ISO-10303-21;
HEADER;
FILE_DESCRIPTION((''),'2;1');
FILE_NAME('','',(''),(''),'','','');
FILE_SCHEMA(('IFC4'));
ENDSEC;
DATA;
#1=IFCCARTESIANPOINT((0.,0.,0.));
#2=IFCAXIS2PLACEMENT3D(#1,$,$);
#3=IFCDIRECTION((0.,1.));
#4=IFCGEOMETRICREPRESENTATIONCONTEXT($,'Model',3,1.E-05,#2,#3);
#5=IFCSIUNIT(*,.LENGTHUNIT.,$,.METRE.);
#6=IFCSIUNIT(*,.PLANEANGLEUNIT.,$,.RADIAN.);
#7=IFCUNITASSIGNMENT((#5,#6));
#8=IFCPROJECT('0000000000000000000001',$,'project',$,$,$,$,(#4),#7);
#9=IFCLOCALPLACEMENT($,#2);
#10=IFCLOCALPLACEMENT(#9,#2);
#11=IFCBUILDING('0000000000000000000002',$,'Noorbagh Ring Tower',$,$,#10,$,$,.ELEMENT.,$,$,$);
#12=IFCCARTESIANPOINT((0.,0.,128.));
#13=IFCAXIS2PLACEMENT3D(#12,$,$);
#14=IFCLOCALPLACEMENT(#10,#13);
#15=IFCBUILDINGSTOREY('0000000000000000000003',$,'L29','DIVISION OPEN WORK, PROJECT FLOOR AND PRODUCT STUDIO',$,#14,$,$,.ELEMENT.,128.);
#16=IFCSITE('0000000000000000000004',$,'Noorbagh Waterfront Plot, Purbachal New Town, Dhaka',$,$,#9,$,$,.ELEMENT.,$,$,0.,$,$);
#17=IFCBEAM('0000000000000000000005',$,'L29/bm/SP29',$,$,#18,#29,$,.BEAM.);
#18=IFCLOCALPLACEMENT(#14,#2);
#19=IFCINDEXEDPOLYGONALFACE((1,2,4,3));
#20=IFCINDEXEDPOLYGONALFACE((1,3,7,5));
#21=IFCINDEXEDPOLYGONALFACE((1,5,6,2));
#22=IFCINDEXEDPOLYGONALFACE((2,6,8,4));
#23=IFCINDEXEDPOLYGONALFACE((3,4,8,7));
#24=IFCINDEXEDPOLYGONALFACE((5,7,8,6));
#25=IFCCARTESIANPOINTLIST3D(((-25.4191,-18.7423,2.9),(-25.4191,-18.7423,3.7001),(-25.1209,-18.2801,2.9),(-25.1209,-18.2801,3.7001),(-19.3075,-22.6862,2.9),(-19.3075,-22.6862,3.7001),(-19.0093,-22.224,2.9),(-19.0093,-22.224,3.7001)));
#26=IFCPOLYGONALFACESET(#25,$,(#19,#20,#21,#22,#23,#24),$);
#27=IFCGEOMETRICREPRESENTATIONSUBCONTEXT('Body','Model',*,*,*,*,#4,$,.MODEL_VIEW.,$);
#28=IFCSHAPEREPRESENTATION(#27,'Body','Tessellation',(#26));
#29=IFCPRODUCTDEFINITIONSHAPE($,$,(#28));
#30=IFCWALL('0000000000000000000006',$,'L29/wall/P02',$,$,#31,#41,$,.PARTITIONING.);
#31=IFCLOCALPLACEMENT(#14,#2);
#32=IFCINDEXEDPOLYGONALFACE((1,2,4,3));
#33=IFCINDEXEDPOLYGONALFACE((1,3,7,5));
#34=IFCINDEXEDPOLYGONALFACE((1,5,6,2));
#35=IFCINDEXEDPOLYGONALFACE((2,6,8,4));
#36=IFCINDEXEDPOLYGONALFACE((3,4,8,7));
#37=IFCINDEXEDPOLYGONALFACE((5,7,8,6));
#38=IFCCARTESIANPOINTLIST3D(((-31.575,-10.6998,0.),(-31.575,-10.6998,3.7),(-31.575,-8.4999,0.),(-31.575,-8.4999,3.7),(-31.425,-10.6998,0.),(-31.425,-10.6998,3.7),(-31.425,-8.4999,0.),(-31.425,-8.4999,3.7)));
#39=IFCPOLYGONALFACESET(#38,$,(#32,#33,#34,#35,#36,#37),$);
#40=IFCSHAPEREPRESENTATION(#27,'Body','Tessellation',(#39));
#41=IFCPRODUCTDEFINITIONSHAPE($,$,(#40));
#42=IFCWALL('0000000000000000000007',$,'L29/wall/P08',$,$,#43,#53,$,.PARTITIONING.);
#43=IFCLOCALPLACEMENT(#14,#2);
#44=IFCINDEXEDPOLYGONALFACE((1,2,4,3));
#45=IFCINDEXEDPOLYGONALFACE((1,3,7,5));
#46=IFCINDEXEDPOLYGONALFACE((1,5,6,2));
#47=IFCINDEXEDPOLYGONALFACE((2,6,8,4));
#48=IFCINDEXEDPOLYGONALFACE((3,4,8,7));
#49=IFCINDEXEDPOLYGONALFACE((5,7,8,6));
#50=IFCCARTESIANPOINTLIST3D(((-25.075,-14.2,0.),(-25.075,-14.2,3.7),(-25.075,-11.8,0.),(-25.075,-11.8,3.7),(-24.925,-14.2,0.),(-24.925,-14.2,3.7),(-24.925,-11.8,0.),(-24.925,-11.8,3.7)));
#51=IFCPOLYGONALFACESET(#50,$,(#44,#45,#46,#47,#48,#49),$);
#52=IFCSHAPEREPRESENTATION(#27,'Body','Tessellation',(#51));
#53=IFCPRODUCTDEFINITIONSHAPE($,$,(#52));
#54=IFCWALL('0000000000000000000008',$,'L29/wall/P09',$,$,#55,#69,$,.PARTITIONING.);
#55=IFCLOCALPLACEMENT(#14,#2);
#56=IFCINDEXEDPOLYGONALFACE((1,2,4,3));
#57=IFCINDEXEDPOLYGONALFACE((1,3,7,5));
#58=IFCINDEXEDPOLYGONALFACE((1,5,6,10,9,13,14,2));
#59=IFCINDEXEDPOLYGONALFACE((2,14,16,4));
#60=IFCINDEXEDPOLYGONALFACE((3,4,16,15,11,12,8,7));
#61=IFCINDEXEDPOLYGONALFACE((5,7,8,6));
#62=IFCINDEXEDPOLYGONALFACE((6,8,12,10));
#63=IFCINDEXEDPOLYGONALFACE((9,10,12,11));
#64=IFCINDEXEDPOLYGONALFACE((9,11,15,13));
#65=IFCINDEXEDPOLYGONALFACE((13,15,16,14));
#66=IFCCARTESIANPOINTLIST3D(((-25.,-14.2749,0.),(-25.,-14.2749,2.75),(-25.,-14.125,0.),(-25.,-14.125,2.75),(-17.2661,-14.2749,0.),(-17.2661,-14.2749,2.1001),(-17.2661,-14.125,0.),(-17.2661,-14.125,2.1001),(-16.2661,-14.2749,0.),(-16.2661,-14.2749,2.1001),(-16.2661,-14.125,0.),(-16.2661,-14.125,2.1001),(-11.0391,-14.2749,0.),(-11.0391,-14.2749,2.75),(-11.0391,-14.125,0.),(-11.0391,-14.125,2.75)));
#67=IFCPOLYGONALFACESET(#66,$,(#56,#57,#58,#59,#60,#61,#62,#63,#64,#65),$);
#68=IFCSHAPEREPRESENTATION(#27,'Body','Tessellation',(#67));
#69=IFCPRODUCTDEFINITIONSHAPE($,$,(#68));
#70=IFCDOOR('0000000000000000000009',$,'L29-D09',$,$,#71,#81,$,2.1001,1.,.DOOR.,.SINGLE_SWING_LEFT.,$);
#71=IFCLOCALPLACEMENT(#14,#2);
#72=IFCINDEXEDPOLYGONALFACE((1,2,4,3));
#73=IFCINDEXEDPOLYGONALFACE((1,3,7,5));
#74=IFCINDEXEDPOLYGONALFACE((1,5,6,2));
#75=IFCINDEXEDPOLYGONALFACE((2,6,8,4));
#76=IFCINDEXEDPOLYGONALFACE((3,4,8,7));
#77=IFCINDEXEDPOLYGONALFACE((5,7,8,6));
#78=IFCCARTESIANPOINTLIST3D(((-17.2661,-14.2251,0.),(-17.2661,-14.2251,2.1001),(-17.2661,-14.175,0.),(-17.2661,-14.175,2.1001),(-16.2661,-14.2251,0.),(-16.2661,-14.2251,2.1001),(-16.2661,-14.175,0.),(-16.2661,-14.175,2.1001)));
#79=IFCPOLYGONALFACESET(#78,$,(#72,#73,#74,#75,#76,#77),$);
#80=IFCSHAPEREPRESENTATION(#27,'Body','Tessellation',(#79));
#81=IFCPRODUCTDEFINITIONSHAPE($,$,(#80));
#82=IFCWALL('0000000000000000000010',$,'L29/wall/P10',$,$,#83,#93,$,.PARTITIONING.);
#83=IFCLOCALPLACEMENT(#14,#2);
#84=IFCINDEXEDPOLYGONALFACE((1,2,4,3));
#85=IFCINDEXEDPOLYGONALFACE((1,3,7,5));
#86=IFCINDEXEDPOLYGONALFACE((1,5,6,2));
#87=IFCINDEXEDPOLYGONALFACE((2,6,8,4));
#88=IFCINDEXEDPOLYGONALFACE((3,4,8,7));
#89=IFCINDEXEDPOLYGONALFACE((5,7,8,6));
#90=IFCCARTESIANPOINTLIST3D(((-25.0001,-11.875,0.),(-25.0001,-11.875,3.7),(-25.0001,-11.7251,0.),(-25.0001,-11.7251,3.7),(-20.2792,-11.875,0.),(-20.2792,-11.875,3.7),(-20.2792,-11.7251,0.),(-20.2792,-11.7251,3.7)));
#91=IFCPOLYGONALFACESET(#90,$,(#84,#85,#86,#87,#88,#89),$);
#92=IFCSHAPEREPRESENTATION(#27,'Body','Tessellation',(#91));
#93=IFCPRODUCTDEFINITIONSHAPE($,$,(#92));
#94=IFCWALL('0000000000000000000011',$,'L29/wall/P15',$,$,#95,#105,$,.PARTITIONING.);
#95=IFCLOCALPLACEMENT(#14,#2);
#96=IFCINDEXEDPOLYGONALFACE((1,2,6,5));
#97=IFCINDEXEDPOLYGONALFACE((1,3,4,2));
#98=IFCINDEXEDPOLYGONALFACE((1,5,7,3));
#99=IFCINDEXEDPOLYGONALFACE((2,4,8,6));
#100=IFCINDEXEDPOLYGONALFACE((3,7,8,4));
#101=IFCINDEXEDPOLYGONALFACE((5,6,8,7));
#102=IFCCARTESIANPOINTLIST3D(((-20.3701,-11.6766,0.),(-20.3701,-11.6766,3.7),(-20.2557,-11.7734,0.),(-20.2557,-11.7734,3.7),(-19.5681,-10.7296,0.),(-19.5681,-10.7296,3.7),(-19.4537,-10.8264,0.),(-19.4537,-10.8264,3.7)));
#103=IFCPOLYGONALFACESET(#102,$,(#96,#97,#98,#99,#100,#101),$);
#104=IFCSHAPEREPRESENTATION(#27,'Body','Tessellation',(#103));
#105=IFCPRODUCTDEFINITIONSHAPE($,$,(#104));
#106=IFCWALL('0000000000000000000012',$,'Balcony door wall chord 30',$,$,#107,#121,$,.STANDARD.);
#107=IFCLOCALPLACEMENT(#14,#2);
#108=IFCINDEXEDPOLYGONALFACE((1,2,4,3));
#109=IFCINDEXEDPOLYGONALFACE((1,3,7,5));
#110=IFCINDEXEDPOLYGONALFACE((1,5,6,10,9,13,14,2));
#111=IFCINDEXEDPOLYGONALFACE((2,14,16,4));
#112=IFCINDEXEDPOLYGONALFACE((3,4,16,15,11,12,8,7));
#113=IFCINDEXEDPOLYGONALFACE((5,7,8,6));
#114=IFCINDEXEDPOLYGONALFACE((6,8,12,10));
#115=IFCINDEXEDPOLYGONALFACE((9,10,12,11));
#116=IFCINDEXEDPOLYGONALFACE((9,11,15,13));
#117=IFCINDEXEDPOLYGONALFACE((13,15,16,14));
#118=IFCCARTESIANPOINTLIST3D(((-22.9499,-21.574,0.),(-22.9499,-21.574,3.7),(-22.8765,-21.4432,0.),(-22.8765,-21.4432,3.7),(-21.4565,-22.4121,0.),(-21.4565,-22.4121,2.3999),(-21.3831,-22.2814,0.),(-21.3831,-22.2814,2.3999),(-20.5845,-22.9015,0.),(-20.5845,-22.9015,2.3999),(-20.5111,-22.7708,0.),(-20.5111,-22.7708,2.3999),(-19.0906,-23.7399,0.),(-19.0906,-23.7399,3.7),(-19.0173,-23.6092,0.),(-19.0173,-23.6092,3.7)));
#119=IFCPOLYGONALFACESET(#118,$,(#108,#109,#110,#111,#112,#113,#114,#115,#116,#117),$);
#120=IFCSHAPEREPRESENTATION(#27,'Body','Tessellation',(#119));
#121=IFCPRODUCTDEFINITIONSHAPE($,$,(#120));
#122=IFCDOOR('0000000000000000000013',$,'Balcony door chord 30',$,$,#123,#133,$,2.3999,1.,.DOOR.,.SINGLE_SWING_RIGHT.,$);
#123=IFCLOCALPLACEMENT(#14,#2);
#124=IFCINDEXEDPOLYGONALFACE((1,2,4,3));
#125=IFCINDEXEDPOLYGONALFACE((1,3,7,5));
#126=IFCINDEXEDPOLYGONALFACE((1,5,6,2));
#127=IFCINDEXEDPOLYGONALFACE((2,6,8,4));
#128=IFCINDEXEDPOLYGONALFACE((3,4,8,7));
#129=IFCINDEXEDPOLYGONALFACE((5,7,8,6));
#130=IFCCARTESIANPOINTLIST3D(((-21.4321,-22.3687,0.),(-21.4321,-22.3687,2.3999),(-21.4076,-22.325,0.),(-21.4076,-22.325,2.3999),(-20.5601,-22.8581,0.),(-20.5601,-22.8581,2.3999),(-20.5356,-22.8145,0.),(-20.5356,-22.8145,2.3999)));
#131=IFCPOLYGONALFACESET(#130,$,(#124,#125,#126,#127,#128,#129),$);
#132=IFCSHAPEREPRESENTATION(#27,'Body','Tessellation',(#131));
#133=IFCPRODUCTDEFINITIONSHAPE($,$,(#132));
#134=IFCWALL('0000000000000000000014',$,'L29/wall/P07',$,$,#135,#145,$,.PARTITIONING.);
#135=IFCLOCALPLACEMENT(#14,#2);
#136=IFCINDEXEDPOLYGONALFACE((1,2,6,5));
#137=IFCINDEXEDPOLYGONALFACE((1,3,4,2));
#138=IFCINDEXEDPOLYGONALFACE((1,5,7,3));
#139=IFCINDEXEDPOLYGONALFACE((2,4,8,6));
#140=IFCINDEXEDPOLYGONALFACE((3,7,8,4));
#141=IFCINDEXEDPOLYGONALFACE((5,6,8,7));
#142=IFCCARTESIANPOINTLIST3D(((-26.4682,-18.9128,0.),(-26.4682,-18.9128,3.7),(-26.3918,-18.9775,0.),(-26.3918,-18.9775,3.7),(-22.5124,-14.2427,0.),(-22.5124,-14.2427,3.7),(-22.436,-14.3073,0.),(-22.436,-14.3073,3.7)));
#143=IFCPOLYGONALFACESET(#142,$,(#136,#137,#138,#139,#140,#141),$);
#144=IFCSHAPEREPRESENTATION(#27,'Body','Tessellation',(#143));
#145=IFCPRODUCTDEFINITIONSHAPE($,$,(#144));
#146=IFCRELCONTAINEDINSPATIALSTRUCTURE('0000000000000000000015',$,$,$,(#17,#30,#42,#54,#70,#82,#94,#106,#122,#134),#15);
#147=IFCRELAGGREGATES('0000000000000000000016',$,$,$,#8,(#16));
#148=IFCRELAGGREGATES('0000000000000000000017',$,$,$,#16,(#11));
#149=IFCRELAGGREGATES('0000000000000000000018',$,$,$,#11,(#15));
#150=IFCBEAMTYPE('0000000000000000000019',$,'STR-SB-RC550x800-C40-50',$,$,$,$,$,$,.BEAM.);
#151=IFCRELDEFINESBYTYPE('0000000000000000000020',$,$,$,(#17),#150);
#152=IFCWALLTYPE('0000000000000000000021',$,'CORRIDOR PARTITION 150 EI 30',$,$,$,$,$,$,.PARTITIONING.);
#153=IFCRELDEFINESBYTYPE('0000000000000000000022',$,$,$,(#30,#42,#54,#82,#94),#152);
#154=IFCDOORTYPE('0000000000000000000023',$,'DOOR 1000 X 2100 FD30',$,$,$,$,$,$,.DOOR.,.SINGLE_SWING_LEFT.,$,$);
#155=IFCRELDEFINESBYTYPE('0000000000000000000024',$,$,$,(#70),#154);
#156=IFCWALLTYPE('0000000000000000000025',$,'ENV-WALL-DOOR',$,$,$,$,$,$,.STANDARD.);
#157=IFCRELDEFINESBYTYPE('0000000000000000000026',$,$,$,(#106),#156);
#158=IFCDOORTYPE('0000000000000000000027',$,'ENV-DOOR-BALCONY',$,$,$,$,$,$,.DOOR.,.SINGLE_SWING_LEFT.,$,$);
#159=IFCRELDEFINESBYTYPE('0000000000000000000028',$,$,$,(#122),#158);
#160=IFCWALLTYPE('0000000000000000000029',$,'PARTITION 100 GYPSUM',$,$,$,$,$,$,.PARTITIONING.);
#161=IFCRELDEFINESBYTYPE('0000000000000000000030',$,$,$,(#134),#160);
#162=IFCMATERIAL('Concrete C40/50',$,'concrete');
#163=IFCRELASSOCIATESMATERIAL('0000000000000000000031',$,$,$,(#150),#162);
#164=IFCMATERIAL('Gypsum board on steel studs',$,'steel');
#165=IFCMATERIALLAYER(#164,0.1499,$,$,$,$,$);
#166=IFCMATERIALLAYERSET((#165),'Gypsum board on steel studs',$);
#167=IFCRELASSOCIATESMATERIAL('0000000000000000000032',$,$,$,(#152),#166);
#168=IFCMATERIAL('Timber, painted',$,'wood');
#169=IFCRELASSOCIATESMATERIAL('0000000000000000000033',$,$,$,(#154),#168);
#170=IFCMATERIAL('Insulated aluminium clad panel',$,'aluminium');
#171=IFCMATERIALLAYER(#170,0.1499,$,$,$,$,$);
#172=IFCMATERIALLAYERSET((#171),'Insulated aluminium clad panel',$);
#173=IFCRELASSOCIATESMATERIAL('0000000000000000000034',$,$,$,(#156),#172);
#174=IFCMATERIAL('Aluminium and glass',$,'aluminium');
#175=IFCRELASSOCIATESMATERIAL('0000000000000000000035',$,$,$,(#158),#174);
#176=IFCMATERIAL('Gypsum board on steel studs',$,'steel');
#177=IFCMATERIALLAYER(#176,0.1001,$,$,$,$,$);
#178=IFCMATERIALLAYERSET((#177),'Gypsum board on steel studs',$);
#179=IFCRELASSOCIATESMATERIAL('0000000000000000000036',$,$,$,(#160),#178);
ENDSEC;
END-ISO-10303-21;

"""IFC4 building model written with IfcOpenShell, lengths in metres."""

from ifc_helpers import new_model, si_unit, direction, frame, frame_2d, origin, origin_2d, place, context, subcontext, project, spatial, rectangle, extrude, material, layer, layer_set, material_profile, profile_set, type_object, element, fill, save


model = new_model("IFC4")

# Units and contexts
model_context = context("Model", 3, precision=1e-05, world=origin(), true_north=direction((0.0, 1.0)))
body_context = subcontext(model_context, "Body", "Model", "MODEL_VIEW")
ifc_project = project(units=[si_unit("LENGTHUNIT", "METRE"), si_unit("PLANEANGLEUNIT", "RADIAN")], contexts=[model_context])

# Site, building, storey
site_placement = place(None, origin())
site = spatial("IfcSite", under=ifc_project, at=site_placement, Name="Noorbagh Waterfront Plot, Purbachal New Town, Dhaka", CompositionType="ELEMENT", RefElevation=0.0)
building_placement = place(site_placement, origin())
building = spatial("IfcBuilding", under=site, at=building_placement, Name="Noorbagh Ring Tower", CompositionType="ELEMENT")
storey_placement = place(building_placement, frame((0.0, 0.0, 128.0)))
storey = spatial("IfcBuildingStorey", under=building, at=storey_placement, Name="L29", Description="DIVISION OPEN WORK, PROJECT FLOOR AND PRODUCT STUDIO", CompositionType="ELEMENT", Elevation=128.0)

# Beam
ifc_material_1 = material(Name="Concrete C40/50", Category="concrete")
ifc_material_profile_1 = material_profile(ifc_material_1, rectangle(XDim=0.55, YDim=0.8, at=origin_2d()), Name="RC550x800")
ifc_profile_set_1 = profile_set([ifc_material_profile_1], Name="Concrete C40/50")
beam_type_1 = type_object("IfcBeamType", Name="STR-SB-RC550x800-C40-50", PredefinedType="BEAM", material=ifc_profile_set_1)
beam_1_placement = place(storey_placement, frame((-25.27, -18.5112, 3.3), z_axis=(0.84024, -0.542214, 0.0), x_axis=(0.542214, 0.84024, 0.0)))
element("IfcBeam", 1, at=beam_1_placement, inside=storey, type_object=beam_type_1, Name="L29/bm/SP29", PredefinedType="BEAM", context=body_context, shape_type="SweptSolid", body=[
    extrude(rectangle(XDim=0.55, YDim=0.8, at=origin_2d()), origin(), (0.0, 0.0, 1.0), 7.2737),
])

# Walls
ifc_material_2 = material(Name="Gypsum board on steel studs", Category="steel")
ifc_layer_1 = layer(ifc_material_2, 0.1499)
ifc_layer_set_1 = layer_set([ifc_layer_1], Name="Gypsum board on steel studs")
wall_type_1 = type_object("IfcWallType", Name="CORRIDOR PARTITION 150 EI 30", PredefinedType="PARTITIONING", material=ifc_layer_set_1)
wall_1_placement = place(storey_placement, frame((-31.5, -10.7, 0.0), z_axis=(0.0, 0.0, 1.0), x_axis=(0.0, 1.0, 0.0)))
element("IfcWall", 2, at=wall_1_placement, inside=storey, type_object=wall_type_1, Name="L29/wall/P02", PredefinedType="PARTITIONING", context=body_context, shape_type="SweptSolid", body=[
    extrude(rectangle(XDim=2.2, YDim=0.1499, at=frame_2d((1.1001, 0.0))), origin(), (0.0, 0.0, 1.0), 3.7),
])
wall_2_placement = place(storey_placement, frame((-25.0, -14.2, 0.0), z_axis=(0.0, 0.0, 1.0), x_axis=(0.0, 1.0, 0.0)))
element("IfcWall", 3, at=wall_2_placement, inside=storey, type_object=wall_type_1, Name="L29/wall/P08", PredefinedType="PARTITIONING", context=body_context, shape_type="SweptSolid", body=[
    extrude(rectangle(XDim=2.3999, YDim=0.1499, at=frame_2d((1.2, 0.0))), origin(), (0.0, 0.0, 1.0), 3.7),
])

# Wall, opening, door
wall_3_placement = place(storey_placement, frame((-25.0, -14.2, 0.0), z_axis=(0.0, 0.0, 1.0), x_axis=(1.0, 0.0, 0.0)))
wall_3 = element("IfcWall", 4, at=wall_3_placement, inside=storey, type_object=wall_type_1, Name="L29/wall/P09", PredefinedType="PARTITIONING", context=body_context, shape_type="SweptSolid", body=[
    extrude(rectangle(XDim=13.9609, YDim=0.1499, at=frame_2d((6.9805, 0.0))), origin(), (0.0, 0.0, 1.0), 2.75),
])
opening_1_placement = place(wall_3_placement, frame((7.7339, 0.0, 0.0)))
opening_1 = element("IfcOpeningElement", 5, at=opening_1_placement, cuts=wall_3, PredefinedType="OPENING", context=body_context, shape_type="SweptSolid", body=[
    extrude(rectangle(XDim=1.0, YDim=2.1001, at=frame_2d((0.5, 1.05))), frame((0.0, 0.085, 0.0), z_axis=(0.0, -1.0, 0.0), x_axis=(1.0, 0.0, 0.0)), (0.0, 0.0, 1.0), 0.1699),
])
ifc_material_3 = material(Name="Timber, painted", Category="wood")
door_type_1 = type_object("IfcDoorType", Name="DOOR 1000 X 2100 FD30", OperationType="SINGLE_SWING_LEFT", PredefinedType="DOOR", material=ifc_material_3)
door_1_placement = place(opening_1_placement, origin())
door_1 = element("IfcDoor", 6, at=door_1_placement, inside=storey, type_object=door_type_1, Name="L29-D09", OperationType="SINGLE_SWING_LEFT", OverallHeight=2.1001, OverallWidth=1.0, PredefinedType="DOOR", context=body_context, shape_type="SweptSolid", body=[
    extrude(rectangle(XDim=1.0, YDim=2.1001, at=frame_2d((0.5, 1.05))), frame((0.0, 0.0249, 0.0), z_axis=(0.0, -1.0, 0.0), x_axis=(1.0, 0.0, 0.0)), (0.0, 0.0, 1.0), 0.05),
])
fill(opening_1, door_1)

# Walls
wall_4_placement = place(storey_placement, frame((-25.0, -11.8, 0.0), z_axis=(0.0, 0.0, 1.0), x_axis=(1.0, 0.0, 0.0)))
element("IfcWall", 7, at=wall_4_placement, inside=storey, type_object=wall_type_1, Name="L29/wall/P10", PredefinedType="PARTITIONING", context=body_context, shape_type="SweptSolid", body=[
    extrude(rectangle(XDim=4.7209, YDim=0.1499, at=frame_2d((2.3604, 0.0))), origin(), (0.0, 0.0, 1.0), 3.7),
])
wall_5_placement = place(storey_placement, frame((-20.313, -11.7251, 0.0), z_axis=(0.0, 0.0, 1.0), x_axis=(0.64626, 0.763118, 0.0)))
element("IfcWall", 8, at=wall_5_placement, inside=storey, type_object=wall_type_1, Name="L29/wall/P15", PredefinedType="PARTITIONING", context=body_context, shape_type="SweptSolid", body=[
    extrude(rectangle(XDim=1.241, YDim=0.1499, at=frame_2d((0.6206, 0.0))), origin(), (0.0, 0.0, 1.0), 3.7),
])

# Wall, opening, door
ifc_material_4 = material(Name="Insulated aluminium clad panel", Category="aluminium")
ifc_layer_2 = layer(ifc_material_4, 0.1499)
ifc_layer_set_2 = layer_set([ifc_layer_2], Name="Insulated aluminium clad panel")
wall_type_2 = type_object("IfcWallType", Name="ENV-WALL-DOOR", PredefinedType="STANDARD", material=ifc_layer_set_2)
wall_6_placement = place(storey_placement, frame((-22.9133, -21.5085, 0.0), z_axis=(0.0, 0.0, 1.0), x_axis=(0.872047, -0.489423, 0.0)))
wall_6 = element("IfcWall", 9, at=wall_6_placement, inside=storey, type_object=wall_type_2, Name="Balcony door wall chord 30", PredefinedType="STANDARD", context=body_context, shape_type="SweptSolid", body=[
    extrude(rectangle(XDim=4.4255, YDim=0.1499, at=frame_2d((2.2129, 0.0))), origin(), (0.0, 0.0, 1.0), 3.7),
])
opening_2_placement = place(wall_6_placement, frame((1.7126, 0.0, 0.0)))
opening_2 = element("IfcOpeningElement", 10, at=opening_2_placement, cuts=wall_6, PredefinedType="OPENING", context=body_context, shape_type="SweptSolid", body=[
    extrude(rectangle(XDim=1.0, YDim=2.3999, at=frame_2d((0.5, 1.2))), frame((0.0, 0.085, 0.0), z_axis=(0.0, -1.0, 0.0), x_axis=(1.0, 0.0, 0.0)), (0.0, 0.0, 1.0), 0.1699),
])
ifc_material_5 = material(Name="Aluminium and glass", Category="aluminium")
door_type_2 = type_object("IfcDoorType", Name="ENV-DOOR-BALCONY", OperationType="SINGLE_SWING_LEFT", PredefinedType="DOOR", material=ifc_material_5)
door_2_placement = place(opening_2_placement, origin())
door_2 = element("IfcDoor", 11, at=door_2_placement, inside=storey, type_object=door_type_2, Name="Balcony door chord 30", OperationType="SINGLE_SWING_RIGHT", OverallHeight=2.3999, OverallWidth=1.0, PredefinedType="DOOR", context=body_context, shape_type="SweptSolid", body=[
    extrude(rectangle(XDim=1.0, YDim=2.3999, at=frame_2d((0.5, 1.2))), frame((0.0, 0.0249, 0.0), z_axis=(0.0, -1.0, 0.0), x_axis=(1.0, 0.0, 0.0)), (0.0, 0.0, 1.0), 0.05),
])
fill(opening_2, door_2)

# Wall
ifc_material_6 = material(Name="Gypsum board on steel studs", Category="steel")
ifc_layer_3 = layer(ifc_material_6, 0.1001)
ifc_layer_set_3 = layer_set([ifc_layer_3], Name="Gypsum board on steel studs")
wall_type_3 = type_object("IfcWallType", Name="PARTITION 100 GYPSUM", PredefinedType="PARTITIONING", material=ifc_layer_set_3)
wall_7_placement = place(storey_placement, frame((-26.4299, -18.9451, 0.0), z_axis=(0.0, 0.0, 1.0), x_axis=(0.646336, 0.763053, 0.0)))
element("IfcWall", 12, at=wall_7_placement, inside=storey, type_object=wall_type_3, Name="L29/wall/P07", PredefinedType="PARTITIONING", context=body_context, shape_type="SweptSolid", body=[
    extrude(rectangle(XDim=6.1204, YDim=0.1001, at=frame_2d((3.0601, 0.0))), origin(), (0.0, 0.0, 1.0), 3.7),
])

save(model, "model.ifc")
